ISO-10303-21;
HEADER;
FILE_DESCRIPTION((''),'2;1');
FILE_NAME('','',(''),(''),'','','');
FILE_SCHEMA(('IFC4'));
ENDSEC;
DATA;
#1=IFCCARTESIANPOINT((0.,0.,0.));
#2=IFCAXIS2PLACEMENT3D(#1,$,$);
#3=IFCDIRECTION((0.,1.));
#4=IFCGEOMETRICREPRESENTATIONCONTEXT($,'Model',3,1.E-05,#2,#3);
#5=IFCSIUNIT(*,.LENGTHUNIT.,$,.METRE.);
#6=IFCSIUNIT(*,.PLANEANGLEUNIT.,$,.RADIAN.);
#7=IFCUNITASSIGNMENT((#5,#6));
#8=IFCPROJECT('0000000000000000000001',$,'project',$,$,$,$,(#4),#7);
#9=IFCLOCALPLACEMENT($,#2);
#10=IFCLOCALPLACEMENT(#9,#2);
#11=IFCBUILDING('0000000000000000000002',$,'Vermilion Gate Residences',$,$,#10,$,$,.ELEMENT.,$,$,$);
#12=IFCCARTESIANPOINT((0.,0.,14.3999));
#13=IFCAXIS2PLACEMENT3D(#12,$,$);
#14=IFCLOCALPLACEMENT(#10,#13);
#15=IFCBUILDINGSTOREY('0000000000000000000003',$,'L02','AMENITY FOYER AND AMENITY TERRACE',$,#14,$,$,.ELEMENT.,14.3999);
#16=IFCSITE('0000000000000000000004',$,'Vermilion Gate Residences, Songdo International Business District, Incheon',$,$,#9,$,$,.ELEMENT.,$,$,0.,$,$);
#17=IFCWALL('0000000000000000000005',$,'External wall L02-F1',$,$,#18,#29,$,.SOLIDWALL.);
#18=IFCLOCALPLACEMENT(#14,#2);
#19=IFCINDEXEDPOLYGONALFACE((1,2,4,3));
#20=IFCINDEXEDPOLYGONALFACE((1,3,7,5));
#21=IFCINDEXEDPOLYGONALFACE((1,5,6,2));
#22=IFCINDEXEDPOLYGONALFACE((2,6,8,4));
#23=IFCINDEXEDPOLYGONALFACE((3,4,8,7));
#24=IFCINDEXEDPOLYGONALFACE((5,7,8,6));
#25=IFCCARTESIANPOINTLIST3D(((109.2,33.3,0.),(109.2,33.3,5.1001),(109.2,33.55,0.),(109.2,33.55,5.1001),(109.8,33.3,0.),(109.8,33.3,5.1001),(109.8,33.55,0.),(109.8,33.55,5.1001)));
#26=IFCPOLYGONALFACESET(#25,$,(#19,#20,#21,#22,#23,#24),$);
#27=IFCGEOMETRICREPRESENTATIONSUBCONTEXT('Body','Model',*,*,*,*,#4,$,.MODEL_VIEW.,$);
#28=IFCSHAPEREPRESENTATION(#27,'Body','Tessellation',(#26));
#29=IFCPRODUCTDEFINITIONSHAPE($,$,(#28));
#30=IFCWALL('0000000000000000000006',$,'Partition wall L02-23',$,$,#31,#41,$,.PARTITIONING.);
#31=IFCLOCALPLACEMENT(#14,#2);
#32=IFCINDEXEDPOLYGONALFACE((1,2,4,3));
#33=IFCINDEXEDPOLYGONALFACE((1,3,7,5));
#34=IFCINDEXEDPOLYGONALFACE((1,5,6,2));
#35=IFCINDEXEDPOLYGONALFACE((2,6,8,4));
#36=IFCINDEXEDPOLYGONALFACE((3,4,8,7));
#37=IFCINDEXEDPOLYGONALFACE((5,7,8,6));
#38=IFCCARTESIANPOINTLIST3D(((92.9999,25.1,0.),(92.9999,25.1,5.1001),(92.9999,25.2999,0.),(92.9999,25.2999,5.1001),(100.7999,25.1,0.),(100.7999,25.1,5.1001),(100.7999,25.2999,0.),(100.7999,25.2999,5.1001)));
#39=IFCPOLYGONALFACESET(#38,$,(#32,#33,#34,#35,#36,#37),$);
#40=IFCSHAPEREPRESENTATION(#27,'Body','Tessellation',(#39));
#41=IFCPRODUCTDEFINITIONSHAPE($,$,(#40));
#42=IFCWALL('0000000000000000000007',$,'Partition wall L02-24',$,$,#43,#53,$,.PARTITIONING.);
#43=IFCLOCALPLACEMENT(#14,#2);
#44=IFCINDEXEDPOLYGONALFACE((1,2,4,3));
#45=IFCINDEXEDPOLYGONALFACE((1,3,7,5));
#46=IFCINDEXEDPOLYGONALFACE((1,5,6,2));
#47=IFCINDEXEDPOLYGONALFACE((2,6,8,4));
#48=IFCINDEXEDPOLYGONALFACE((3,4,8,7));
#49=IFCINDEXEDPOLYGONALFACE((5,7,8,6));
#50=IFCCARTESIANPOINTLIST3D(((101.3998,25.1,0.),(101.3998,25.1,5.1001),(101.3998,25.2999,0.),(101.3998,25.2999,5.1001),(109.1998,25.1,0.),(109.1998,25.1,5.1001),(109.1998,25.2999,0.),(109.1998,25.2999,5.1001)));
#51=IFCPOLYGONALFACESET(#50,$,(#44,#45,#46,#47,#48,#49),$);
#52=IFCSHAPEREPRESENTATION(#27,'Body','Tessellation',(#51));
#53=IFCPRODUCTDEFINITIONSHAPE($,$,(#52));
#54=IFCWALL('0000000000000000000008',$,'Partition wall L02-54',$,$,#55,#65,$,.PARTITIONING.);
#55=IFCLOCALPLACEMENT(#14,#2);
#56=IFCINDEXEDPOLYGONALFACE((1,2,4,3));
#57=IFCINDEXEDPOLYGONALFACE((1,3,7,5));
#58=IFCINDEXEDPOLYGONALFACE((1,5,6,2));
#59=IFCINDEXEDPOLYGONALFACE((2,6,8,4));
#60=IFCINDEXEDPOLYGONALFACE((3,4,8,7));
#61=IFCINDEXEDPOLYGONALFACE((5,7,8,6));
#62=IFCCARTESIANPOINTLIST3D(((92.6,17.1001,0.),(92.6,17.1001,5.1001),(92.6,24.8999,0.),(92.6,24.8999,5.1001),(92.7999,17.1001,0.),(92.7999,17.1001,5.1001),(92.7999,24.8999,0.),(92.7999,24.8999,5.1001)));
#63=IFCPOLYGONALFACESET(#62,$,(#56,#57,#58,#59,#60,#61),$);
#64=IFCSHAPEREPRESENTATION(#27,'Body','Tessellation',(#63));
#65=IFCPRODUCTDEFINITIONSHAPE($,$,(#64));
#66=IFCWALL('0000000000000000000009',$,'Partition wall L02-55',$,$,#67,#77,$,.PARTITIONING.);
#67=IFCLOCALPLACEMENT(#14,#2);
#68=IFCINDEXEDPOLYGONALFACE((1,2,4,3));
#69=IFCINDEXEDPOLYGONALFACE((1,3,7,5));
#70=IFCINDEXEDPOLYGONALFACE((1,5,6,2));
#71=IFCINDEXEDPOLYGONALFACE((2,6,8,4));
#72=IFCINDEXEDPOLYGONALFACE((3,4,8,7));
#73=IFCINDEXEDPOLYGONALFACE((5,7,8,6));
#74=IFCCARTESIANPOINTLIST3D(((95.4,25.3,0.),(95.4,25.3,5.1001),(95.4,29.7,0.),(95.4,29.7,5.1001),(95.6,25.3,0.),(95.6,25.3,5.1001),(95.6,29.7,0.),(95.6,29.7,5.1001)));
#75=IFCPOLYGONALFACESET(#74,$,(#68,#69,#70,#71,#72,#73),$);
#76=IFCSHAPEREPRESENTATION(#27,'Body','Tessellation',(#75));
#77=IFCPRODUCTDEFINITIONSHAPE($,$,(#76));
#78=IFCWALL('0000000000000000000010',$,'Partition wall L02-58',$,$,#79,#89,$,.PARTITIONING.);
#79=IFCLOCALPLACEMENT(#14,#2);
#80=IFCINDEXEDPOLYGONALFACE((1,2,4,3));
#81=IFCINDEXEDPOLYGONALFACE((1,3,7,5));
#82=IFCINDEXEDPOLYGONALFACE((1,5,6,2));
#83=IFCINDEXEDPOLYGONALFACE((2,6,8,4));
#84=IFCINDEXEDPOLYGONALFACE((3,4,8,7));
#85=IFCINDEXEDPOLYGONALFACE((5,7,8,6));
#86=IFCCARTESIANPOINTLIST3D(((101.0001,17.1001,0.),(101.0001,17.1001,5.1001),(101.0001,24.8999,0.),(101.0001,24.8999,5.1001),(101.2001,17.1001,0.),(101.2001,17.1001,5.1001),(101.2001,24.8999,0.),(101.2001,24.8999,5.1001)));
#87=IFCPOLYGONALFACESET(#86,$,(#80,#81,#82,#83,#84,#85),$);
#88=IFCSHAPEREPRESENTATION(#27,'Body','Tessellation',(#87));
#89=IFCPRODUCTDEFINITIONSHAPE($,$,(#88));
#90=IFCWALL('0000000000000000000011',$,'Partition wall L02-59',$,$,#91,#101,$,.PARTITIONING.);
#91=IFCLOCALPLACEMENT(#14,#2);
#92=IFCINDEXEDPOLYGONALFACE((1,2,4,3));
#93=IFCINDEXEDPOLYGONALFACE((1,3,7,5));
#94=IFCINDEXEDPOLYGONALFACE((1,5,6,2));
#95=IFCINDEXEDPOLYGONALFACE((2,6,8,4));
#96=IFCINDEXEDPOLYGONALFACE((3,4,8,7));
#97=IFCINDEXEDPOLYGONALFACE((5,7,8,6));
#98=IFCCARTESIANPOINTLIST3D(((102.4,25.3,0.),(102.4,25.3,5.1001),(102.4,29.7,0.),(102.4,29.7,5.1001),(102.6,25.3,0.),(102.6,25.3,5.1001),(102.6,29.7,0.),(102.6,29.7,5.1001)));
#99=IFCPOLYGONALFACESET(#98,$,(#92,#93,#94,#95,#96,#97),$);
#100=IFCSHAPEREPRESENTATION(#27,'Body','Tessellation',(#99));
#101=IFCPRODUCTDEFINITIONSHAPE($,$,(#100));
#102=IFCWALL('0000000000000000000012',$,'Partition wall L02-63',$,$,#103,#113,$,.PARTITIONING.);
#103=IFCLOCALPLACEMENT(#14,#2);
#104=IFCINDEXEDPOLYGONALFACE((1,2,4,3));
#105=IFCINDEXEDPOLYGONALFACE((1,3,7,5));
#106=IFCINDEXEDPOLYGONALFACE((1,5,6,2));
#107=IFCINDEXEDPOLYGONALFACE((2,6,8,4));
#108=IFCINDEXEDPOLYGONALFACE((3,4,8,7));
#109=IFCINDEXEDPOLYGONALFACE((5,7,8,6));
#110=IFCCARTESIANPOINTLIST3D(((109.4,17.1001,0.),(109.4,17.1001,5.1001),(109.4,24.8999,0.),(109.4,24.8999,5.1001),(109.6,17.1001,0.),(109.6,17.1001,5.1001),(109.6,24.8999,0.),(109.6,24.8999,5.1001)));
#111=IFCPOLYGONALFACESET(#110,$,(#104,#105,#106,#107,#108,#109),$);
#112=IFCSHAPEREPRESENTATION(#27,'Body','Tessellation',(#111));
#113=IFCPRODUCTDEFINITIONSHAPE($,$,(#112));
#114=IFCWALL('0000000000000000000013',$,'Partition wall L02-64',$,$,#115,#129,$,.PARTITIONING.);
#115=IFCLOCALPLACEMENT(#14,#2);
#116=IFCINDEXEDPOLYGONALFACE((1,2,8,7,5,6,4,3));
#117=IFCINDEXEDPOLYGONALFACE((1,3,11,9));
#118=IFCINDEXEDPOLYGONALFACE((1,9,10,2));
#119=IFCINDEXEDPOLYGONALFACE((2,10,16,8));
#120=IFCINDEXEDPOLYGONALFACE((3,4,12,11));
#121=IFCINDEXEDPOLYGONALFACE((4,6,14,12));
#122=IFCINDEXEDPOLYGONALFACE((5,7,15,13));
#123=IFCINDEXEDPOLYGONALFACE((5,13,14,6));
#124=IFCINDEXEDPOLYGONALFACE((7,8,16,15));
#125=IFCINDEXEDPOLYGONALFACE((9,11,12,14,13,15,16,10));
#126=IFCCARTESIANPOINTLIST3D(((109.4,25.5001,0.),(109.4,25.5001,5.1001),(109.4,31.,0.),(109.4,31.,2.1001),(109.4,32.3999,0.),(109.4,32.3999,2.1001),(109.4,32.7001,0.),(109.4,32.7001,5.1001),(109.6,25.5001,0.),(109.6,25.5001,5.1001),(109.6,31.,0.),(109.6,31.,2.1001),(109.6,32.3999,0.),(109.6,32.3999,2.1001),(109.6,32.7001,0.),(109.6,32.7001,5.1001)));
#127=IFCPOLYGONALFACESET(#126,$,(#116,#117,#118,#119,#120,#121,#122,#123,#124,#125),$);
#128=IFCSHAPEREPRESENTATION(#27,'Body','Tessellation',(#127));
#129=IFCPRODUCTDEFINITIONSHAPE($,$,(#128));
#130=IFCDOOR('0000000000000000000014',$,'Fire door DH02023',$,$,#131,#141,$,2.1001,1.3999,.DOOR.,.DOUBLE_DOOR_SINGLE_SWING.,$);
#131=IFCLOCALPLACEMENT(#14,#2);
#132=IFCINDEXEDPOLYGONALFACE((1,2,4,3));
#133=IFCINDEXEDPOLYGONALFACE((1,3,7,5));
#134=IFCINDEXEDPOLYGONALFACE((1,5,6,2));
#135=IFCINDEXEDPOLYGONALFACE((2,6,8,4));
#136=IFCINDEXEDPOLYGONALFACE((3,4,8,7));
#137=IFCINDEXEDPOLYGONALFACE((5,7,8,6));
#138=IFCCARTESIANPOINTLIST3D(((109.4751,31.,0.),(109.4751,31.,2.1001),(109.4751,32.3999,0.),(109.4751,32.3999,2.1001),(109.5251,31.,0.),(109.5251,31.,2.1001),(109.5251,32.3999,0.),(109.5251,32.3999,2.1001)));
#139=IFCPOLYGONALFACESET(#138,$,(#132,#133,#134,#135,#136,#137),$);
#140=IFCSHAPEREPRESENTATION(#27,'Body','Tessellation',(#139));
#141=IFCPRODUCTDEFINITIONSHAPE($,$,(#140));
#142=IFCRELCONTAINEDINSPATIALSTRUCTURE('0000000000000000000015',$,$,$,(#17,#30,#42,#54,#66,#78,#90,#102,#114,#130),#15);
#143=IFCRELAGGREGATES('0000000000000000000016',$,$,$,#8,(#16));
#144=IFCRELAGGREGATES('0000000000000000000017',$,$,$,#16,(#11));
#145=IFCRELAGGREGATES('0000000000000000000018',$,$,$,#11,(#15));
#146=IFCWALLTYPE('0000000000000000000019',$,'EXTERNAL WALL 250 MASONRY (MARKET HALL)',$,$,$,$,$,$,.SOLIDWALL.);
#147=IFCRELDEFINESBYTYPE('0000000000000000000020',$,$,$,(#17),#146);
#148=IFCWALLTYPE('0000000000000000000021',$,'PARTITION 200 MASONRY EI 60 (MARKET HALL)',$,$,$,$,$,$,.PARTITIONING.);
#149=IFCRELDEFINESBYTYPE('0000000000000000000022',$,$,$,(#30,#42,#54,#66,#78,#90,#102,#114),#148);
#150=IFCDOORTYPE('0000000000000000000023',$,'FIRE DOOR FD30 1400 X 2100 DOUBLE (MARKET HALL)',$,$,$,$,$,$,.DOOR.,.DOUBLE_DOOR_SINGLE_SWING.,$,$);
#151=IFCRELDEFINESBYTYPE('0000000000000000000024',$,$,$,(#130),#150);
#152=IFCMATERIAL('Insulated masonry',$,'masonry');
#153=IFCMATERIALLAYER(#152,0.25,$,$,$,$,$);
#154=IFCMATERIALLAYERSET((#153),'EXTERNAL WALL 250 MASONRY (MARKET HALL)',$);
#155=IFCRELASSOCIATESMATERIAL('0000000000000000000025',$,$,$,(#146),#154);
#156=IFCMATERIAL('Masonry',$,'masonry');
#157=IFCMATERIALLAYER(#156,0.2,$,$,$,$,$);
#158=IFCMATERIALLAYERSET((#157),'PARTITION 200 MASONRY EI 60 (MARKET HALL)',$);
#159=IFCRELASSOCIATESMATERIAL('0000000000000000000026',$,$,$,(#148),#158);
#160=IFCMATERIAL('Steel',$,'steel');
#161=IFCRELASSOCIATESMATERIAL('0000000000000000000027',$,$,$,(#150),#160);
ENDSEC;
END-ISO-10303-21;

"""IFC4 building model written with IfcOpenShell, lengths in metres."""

from ifc_helpers import new_model, si_unit, direction, frame, frame_2d, origin, place, context, subcontext, project, spatial, rectangle, extrude, material, layer, layer_set, type_object, element, fill, save


model = new_model("IFC4")

# Units and contexts
model_context = context("Model", 3, precision=1e-05, world=origin(), true_north=direction((0.0, 1.0)))
body_context = subcontext(model_context, "Body", "Model", "MODEL_VIEW")
ifc_project = project(units=[si_unit("LENGTHUNIT", "METRE"), si_unit("PLANEANGLEUNIT", "RADIAN")], contexts=[model_context])

# Site, building, storey
site_placement = place(None, origin())
site = spatial("IfcSite", under=ifc_project, at=site_placement, Name="Vermilion Gate Residences, Songdo International Business District, Incheon", CompositionType="ELEMENT", RefElevation=0.0)
building_placement = place(site_placement, origin())
building = spatial("IfcBuilding", under=site, at=building_placement, Name="Vermilion Gate Residences", CompositionType="ELEMENT")
storey_placement = place(building_placement, frame((0.0, 0.0, 14.3999)))
storey = spatial("IfcBuildingStorey", under=building, at=storey_placement, Name="L02", Description="AMENITY FOYER AND AMENITY TERRACE", CompositionType="ELEMENT", Elevation=14.3999)

# Shared definitions
ifc_material_1 = material(Name="Insulated masonry", Category="masonry")
ifc_layer_1 = layer(ifc_material_1, 0.25)
ifc_layer_set_1 = layer_set([ifc_layer_1], Name="EXTERNAL WALL 250 MASONRY (MARKET HALL)")
wall_type_1 = type_object("IfcWallType", Name="EXTERNAL WALL 250 MASONRY (MARKET HALL)", PredefinedType="SOLIDWALL", material=ifc_layer_set_1)

# Walls
wall_1_placement = place(storey_placement, frame((109.2, 33.425, 0.0), z_axis=(0.0, 0.0, 1.0), x_axis=(1.0, 0.0, 0.0)))
element("IfcWall", 1, at=wall_1_placement, inside=storey, type_object=wall_type_1, Name="External wall L02-F1", PredefinedType="SOLIDWALL", context=body_context, shape_type="SweptSolid", body=[
    extrude(rectangle(XDim=0.6001, YDim=0.25, at=frame_2d((0.3, 0.0))), origin(), (0.0, 0.0, 1.0), 5.1001),
])
ifc_material_2 = material(Name="Masonry", Category="masonry")
ifc_layer_2 = layer(ifc_material_2, 0.2)
ifc_layer_set_2 = layer_set([ifc_layer_2], Name="PARTITION 200 MASONRY EI 60 (MARKET HALL)")
wall_type_2 = type_object("IfcWallType", Name="PARTITION 200 MASONRY EI 60 (MARKET HALL)", PredefinedType="PARTITIONING", material=ifc_layer_set_2)
for number, where, z_axis, x_axis, name in (
    (2, (93.0, 25.2, 0.0), (0.0, 0.0, 1.0), (1.0, 0.0, 0.0), "Partition wall L02-23"),
    (3, (101.3999, 25.2, 0.0), (0.0, 0.0, 1.0), (1.0, 0.0, 0.0), "Partition wall L02-24"),
):
    element("IfcWall", number, at=place(storey_placement, frame(where, z_axis=z_axis, x_axis=x_axis)), inside=storey, type_object=wall_type_2, Name=name, PredefinedType="PARTITIONING", context=body_context, shape_type="SweptSolid", body=[
        extrude(rectangle(XDim=7.8, YDim=0.2, at=frame_2d((3.8999, 0.0))), origin(), (0.0, 0.0, 1.0), 5.1001),
    ])
wall_2_placement = place(storey_placement, frame((92.7, 17.1001, 0.0), z_axis=(0.0, 0.0, 1.0), x_axis=(0.0, 1.0, 0.0)))
element("IfcWall", 4, at=wall_2_placement, inside=storey, type_object=wall_type_2, Name="Partition wall L02-54", PredefinedType="PARTITIONING", context=body_context, shape_type="SweptSolid", body=[
    extrude(rectangle(XDim=7.7998, YDim=0.2, at=frame_2d((3.8999, 0.0))), origin(), (0.0, 0.0, 1.0), 5.1001),
])
wall_3_placement = place(storey_placement, frame((95.5, 25.3, 0.0), z_axis=(0.0, 0.0, 1.0), x_axis=(0.0, 1.0, 0.0)))
element("IfcWall", 5, at=wall_3_placement, inside=storey, type_object=wall_type_2, Name="Partition wall L02-55", PredefinedType="PARTITIONING", context=body_context, shape_type="SweptSolid", body=[
    extrude(rectangle(XDim=4.3999, YDim=0.2, at=frame_2d((2.2, 0.0))), origin(), (0.0, 0.0, 1.0), 5.1001),
])
wall_4_placement = place(storey_placement, frame((101.1001, 17.1001, 0.0), z_axis=(0.0, 0.0, 1.0), x_axis=(0.0, 1.0, 0.0)))
element("IfcWall", 6, at=wall_4_placement, inside=storey, type_object=wall_type_2, Name="Partition wall L02-58", PredefinedType="PARTITIONING", context=body_context, shape_type="SweptSolid", body=[
    extrude(rectangle(XDim=7.7998, YDim=0.2, at=frame_2d((3.8999, 0.0))), origin(), (0.0, 0.0, 1.0), 5.1001),
])
wall_5_placement = place(storey_placement, frame((102.5, 25.3, 0.0), z_axis=(0.0, 0.0, 1.0), x_axis=(0.0, 1.0, 0.0)))
element("IfcWall", 7, at=wall_5_placement, inside=storey, type_object=wall_type_2, Name="Partition wall L02-59", PredefinedType="PARTITIONING", context=body_context, shape_type="SweptSolid", body=[
    extrude(rectangle(XDim=4.3999, YDim=0.2, at=frame_2d((2.2, 0.0))), origin(), (0.0, 0.0, 1.0), 5.1001),
])
wall_6_placement = place(storey_placement, frame((109.5, 17.1001, 0.0), z_axis=(0.0, 0.0, 1.0), x_axis=(0.0, 1.0, 0.0)))
element("IfcWall", 8, at=wall_6_placement, inside=storey, type_object=wall_type_2, Name="Partition wall L02-63", PredefinedType="PARTITIONING", context=body_context, shape_type="SweptSolid", body=[
    extrude(rectangle(XDim=7.7998, YDim=0.2, at=frame_2d((3.8999, 0.0))), origin(), (0.0, 0.0, 1.0), 5.1001),
])

# Wall, opening, door
wall_7_placement = place(storey_placement, frame((109.5, 25.5, 0.0), z_axis=(0.0, 0.0, 1.0), x_axis=(0.0, 1.0, 0.0)))
wall_7 = element("IfcWall", 9, at=wall_7_placement, inside=storey, type_object=wall_type_2, Name="Partition wall L02-64", PredefinedType="PARTITIONING", context=body_context, shape_type="SweptSolid", body=[
    extrude(rectangle(XDim=7.2, YDim=0.2, at=frame_2d((3.6001, 0.0))), origin(), (0.0, 0.0, 1.0), 5.1001),
])
opening_1_placement = place(wall_7_placement, frame((5.5, 0.0, 0.0)))
opening_1 = element("IfcOpeningElement", 10, at=opening_1_placement, cuts=wall_7, PredefinedType="OPENING", context=body_context, shape_type="SweptSolid", body=[
    extrude(rectangle(XDim=1.3999, YDim=2.1001, at=frame_2d((0.7, 1.05))), frame((0.0, 0.1099, 0.0), z_axis=(0.0, -1.0, 0.0), x_axis=(1.0, 0.0, 0.0)), (0.0, 0.0, 1.0), 0.22),
])
ifc_material_3 = material(Name="Steel", Category="steel")
door_type = type_object("IfcDoorType", Name="FIRE DOOR FD30 1400 X 2100 DOUBLE (MARKET HALL)", OperationType="DOUBLE_DOOR_SINGLE_SWING", PredefinedType="DOOR", material=ifc_material_3)
door_placement = place(opening_1_placement, origin())
door = element("IfcDoor", 11, at=door_placement, inside=storey, type_object=door_type, Name="Fire door DH02023", OperationType="DOUBLE_DOOR_SINGLE_SWING", OverallHeight=2.1001, OverallWidth=1.3999, PredefinedType="DOOR", context=body_context, shape_type="SweptSolid", body=[
    extrude(rectangle(XDim=1.3999, YDim=2.1001, at=frame_2d((0.7, 1.05))), frame((0.0, 0.0249, 0.0), z_axis=(0.0, -1.0, 0.0), x_axis=(1.0, 0.0, 0.0)), (0.0, 0.0, 1.0), 0.05),
])
fill(opening_1, door)

save(model, "model.ifc")
